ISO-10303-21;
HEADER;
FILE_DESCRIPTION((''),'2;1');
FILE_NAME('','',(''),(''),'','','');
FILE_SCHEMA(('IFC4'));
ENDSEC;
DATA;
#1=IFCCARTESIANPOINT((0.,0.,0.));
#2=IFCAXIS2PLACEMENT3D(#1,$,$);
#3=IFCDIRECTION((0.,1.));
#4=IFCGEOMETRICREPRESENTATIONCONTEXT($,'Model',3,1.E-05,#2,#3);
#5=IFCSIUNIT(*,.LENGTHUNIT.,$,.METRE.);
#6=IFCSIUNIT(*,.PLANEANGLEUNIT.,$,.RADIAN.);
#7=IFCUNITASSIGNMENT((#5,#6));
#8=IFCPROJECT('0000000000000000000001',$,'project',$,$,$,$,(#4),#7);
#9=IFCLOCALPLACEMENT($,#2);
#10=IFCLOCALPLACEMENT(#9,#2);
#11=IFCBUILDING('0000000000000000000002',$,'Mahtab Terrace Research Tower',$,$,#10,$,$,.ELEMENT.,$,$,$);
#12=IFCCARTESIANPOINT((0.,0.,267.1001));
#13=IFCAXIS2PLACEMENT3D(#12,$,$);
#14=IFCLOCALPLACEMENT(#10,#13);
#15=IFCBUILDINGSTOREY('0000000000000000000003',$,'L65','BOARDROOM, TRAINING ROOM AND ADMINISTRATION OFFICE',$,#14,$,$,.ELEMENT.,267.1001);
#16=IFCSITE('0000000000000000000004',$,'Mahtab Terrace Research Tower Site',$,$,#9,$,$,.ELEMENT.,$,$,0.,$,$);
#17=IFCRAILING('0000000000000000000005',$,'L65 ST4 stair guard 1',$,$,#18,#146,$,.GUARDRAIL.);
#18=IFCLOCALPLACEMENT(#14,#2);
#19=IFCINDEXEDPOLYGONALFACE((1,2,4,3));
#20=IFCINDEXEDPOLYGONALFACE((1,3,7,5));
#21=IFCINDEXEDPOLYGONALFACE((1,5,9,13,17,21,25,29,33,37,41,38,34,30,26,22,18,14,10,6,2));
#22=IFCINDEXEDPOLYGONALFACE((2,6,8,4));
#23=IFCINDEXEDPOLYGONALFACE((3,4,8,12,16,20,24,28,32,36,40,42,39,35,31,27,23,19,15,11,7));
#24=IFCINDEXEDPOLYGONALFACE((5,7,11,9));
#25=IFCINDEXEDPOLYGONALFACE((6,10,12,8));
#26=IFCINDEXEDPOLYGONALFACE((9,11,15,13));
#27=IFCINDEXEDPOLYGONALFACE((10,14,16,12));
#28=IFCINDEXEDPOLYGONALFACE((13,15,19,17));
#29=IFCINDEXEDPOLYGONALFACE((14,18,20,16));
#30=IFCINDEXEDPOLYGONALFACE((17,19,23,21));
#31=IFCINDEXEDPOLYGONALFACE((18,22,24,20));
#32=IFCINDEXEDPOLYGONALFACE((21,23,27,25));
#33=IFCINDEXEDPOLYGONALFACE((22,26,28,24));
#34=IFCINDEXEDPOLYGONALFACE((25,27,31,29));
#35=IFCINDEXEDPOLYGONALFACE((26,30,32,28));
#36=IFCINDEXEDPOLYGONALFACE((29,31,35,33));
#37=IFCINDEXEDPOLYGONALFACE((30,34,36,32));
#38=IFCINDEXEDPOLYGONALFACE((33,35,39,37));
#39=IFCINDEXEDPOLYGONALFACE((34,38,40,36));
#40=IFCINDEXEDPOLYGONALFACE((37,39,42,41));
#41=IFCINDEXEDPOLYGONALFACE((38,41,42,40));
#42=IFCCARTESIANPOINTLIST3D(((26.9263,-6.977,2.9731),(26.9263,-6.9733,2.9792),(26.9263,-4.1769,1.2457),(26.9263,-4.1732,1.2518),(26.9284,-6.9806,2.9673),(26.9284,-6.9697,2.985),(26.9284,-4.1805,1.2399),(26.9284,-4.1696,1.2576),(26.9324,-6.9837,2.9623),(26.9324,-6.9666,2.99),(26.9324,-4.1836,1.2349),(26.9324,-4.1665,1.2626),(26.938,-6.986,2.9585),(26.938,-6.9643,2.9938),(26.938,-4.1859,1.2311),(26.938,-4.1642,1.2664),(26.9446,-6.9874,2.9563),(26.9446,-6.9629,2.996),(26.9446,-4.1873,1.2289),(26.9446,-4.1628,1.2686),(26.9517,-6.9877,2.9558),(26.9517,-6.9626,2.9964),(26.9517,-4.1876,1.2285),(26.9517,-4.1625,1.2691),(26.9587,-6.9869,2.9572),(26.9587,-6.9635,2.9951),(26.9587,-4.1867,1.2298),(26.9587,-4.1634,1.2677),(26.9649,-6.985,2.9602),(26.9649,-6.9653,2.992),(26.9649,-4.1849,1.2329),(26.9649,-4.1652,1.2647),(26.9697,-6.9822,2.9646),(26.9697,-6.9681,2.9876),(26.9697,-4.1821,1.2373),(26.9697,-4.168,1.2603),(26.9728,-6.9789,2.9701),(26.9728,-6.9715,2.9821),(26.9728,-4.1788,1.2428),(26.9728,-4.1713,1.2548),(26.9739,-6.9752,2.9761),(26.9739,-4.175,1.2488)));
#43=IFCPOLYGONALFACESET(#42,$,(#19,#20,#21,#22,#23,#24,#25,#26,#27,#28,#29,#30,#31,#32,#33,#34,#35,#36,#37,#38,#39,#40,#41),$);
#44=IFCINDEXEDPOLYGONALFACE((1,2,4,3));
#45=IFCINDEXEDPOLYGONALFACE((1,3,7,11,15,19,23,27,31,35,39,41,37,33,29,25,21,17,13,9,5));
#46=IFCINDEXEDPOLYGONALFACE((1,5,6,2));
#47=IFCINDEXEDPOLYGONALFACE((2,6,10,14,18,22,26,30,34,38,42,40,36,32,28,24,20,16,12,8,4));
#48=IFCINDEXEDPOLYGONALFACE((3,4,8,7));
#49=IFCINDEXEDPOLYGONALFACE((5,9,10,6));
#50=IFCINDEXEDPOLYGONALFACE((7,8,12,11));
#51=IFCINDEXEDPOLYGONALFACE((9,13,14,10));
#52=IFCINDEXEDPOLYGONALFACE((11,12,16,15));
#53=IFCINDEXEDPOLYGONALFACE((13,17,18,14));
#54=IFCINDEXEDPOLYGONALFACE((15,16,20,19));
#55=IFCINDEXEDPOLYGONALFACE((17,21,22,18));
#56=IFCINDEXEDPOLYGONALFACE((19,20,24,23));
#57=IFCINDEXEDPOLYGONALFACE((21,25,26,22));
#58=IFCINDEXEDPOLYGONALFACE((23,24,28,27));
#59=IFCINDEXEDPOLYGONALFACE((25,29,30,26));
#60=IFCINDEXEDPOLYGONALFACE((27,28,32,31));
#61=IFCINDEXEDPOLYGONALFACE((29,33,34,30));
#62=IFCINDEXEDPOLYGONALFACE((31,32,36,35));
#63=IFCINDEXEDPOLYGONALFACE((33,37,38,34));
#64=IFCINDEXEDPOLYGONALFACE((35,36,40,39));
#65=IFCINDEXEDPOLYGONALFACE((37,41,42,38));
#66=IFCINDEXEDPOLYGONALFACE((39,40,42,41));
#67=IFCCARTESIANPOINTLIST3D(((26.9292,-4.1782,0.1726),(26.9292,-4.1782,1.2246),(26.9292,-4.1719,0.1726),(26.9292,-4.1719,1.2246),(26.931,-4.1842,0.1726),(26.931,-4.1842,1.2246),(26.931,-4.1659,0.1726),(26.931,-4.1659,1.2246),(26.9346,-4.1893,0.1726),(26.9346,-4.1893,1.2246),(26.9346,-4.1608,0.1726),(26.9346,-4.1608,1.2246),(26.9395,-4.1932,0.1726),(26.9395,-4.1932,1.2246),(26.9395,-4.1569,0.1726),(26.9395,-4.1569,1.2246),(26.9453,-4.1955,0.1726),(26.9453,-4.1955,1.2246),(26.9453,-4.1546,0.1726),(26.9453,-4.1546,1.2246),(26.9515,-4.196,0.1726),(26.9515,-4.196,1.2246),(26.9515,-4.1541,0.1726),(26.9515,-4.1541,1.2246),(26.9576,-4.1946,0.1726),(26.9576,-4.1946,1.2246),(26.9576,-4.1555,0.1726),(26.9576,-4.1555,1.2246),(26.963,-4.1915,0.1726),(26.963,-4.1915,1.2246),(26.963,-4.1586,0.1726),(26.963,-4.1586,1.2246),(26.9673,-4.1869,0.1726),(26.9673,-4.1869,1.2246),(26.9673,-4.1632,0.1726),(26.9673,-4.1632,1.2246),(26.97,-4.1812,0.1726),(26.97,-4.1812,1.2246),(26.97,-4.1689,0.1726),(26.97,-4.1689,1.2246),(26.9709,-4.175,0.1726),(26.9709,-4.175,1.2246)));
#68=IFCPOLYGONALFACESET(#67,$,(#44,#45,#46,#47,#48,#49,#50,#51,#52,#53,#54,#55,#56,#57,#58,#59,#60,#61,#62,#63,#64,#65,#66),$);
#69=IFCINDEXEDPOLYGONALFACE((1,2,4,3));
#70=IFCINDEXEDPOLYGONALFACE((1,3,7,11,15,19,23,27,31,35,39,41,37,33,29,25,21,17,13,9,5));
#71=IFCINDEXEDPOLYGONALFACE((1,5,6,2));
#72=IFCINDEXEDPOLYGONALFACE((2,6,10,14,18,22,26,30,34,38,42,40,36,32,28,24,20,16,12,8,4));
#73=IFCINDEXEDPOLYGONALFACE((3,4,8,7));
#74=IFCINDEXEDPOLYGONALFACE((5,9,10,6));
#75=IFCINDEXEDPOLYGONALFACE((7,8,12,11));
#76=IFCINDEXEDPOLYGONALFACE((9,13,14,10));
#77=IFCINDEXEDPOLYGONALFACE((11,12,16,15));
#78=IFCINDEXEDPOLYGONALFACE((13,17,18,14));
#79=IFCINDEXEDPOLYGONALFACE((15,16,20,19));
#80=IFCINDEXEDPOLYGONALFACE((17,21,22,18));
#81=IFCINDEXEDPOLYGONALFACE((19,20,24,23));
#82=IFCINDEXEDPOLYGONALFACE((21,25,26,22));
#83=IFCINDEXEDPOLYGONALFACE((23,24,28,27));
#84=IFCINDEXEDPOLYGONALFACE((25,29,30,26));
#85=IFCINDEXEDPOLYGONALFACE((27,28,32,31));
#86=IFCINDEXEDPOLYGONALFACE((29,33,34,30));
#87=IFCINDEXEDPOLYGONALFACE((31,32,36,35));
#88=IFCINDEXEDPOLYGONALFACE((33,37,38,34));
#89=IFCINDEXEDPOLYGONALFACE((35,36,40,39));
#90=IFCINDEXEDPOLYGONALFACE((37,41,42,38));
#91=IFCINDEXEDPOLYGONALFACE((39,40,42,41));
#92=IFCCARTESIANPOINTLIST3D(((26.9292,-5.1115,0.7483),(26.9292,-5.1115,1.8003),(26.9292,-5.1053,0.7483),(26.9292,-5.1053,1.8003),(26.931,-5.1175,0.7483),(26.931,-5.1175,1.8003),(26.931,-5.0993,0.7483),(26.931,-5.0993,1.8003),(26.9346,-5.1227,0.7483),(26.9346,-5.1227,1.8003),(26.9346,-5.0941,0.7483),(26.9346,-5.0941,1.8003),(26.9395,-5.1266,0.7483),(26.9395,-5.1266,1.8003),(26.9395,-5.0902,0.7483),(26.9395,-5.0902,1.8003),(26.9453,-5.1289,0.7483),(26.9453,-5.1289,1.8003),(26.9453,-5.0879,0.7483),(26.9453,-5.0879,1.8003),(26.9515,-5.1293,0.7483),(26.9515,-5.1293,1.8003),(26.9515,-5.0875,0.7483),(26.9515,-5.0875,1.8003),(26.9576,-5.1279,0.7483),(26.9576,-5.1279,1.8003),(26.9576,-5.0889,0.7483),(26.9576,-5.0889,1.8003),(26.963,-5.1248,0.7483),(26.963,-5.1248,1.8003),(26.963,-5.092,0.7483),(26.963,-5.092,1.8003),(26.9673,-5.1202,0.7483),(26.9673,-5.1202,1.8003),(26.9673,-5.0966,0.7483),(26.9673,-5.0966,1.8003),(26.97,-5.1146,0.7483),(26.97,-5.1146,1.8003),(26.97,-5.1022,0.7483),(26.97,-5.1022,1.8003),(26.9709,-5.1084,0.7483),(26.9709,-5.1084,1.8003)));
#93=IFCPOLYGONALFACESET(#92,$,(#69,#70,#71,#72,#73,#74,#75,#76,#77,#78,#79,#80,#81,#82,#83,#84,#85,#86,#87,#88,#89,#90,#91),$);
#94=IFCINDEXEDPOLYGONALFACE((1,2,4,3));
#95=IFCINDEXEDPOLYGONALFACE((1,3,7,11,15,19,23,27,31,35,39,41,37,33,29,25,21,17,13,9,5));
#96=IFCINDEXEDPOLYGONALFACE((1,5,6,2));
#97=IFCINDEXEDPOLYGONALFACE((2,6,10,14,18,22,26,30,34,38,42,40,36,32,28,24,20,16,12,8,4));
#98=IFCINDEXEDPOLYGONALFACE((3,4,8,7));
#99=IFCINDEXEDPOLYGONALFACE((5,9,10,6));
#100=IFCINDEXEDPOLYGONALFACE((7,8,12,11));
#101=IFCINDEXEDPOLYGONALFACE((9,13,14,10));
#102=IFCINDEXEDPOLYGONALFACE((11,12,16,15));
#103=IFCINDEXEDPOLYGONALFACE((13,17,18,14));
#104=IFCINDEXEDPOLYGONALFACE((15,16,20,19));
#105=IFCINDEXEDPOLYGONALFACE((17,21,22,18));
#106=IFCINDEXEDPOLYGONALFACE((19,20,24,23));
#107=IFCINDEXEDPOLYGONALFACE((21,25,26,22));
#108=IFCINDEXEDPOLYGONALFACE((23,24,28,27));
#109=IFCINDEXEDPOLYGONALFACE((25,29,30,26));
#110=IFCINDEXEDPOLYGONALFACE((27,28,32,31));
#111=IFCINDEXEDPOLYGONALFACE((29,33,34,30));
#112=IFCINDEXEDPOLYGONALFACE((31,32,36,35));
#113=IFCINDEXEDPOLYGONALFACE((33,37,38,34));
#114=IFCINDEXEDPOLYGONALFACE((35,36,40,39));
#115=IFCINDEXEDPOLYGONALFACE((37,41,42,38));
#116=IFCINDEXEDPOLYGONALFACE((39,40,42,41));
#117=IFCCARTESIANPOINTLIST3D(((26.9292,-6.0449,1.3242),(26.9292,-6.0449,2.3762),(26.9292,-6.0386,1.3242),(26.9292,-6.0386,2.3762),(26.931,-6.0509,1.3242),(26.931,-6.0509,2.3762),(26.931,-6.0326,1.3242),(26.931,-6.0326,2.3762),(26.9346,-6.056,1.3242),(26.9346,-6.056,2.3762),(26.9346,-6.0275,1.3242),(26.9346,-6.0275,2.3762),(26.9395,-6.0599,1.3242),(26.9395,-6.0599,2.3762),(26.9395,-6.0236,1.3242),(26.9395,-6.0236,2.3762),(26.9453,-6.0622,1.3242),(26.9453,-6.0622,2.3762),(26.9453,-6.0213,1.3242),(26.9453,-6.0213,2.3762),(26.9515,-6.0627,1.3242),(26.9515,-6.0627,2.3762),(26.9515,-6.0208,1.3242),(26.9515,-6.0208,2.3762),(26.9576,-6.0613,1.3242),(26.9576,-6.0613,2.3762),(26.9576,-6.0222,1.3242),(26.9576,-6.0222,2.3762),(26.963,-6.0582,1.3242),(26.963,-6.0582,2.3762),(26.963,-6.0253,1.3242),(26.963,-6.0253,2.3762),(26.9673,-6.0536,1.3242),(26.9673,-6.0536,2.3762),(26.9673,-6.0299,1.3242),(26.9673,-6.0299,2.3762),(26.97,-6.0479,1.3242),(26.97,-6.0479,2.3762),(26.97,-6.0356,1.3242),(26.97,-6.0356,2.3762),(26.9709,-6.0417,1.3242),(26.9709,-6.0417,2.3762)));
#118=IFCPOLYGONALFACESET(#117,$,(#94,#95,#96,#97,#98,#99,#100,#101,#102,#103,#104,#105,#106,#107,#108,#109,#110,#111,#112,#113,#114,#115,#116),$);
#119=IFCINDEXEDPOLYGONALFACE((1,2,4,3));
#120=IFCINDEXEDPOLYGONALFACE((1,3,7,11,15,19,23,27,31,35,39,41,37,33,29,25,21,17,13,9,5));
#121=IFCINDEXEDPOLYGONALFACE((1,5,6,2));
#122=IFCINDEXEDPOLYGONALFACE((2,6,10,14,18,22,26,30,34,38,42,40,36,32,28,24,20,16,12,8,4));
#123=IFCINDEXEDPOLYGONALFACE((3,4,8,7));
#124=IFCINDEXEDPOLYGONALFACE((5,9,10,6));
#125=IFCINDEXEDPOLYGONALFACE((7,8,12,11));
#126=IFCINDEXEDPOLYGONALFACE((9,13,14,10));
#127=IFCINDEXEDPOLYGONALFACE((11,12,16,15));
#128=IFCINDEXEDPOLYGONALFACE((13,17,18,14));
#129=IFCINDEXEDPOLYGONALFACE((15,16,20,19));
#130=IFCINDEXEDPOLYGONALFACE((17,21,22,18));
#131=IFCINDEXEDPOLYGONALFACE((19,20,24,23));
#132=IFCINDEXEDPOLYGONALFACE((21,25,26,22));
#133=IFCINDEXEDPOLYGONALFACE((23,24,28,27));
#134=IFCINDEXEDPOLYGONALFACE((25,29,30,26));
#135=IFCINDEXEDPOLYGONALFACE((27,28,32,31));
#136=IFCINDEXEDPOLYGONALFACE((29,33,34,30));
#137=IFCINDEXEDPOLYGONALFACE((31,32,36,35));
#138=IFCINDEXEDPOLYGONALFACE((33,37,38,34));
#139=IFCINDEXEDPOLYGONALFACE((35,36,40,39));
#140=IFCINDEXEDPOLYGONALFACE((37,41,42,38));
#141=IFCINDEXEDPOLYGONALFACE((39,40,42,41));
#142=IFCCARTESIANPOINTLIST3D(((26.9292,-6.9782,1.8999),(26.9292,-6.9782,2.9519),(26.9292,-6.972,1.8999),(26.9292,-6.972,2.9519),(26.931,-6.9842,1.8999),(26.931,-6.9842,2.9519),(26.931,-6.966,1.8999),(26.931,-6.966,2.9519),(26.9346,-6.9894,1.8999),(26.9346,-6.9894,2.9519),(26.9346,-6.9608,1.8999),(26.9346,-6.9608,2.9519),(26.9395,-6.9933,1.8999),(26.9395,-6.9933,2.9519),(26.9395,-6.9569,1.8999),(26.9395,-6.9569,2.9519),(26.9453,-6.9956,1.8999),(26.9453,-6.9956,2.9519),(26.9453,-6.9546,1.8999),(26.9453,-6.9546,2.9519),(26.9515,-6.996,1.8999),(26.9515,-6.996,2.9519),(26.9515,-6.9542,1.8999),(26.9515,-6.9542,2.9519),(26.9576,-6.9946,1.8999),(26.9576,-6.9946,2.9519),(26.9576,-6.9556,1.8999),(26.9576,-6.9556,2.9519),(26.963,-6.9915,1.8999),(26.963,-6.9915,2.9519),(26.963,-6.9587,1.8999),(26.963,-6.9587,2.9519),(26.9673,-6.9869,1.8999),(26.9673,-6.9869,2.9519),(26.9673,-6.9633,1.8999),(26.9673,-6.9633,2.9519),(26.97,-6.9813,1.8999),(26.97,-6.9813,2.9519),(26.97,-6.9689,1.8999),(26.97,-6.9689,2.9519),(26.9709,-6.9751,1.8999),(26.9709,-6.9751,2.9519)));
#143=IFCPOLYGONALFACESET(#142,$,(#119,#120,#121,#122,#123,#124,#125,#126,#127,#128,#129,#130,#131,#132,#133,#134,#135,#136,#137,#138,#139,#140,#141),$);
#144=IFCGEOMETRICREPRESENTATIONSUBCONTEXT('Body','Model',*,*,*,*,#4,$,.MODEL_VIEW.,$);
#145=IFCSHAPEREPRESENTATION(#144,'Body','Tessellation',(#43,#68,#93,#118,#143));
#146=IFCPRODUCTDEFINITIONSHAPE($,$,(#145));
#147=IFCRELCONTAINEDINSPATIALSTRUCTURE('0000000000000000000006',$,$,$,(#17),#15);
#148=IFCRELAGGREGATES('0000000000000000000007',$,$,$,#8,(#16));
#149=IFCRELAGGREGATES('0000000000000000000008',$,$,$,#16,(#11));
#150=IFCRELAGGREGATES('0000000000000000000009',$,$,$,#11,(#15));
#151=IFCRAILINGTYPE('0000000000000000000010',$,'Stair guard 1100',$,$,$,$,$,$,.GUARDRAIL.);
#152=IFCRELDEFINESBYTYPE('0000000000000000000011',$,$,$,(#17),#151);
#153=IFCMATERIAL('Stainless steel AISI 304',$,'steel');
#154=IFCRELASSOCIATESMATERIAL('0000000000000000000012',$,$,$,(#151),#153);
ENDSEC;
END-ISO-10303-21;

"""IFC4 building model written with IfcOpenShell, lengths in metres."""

from ifc_helpers import new_model, si_unit, direction, frame, origin, origin_2d, place, context, subcontext, project, spatial, circle, extrude, material, type_object, element, save


model = new_model("IFC4")

# Units and contexts
model_context = context("Model", 3, precision=1e-05, world=origin(), true_north=direction((0.0, 1.0)))
body_context = subcontext(model_context, "Body", "Model", "MODEL_VIEW")
ifc_project = project(units=[si_unit("LENGTHUNIT", "METRE"), si_unit("PLANEANGLEUNIT", "RADIAN")], contexts=[model_context])

# Site, building, storey
site_placement = place(None, origin())
site = spatial("IfcSite", under=ifc_project, at=site_placement, Name="Mahtab Terrace Research Tower Site", CompositionType="ELEMENT", RefElevation=0.0)
building_placement = place(site_placement, origin())
building = spatial("IfcBuilding", under=site, at=building_placement, Name="Mahtab Terrace Research Tower", CompositionType="ELEMENT")
storey_placement = place(building_placement, frame((0.0, 0.0, 267.1001)))
storey = spatial("IfcBuildingStorey", under=building, at=storey_placement, Name="L65", Description="BOARDROOM, TRAINING ROOM AND ADMINISTRATION OFFICE", CompositionType="ELEMENT", Elevation=267.1001)

# Railing
ifc_material_1 = material(Name="Stainless steel AISI 304", Category="steel")
railing_type_1 = type_object("IfcRailingType", Name="Stair guard 1100", PredefinedType="GUARDRAIL", material=ifc_material_1)
railing_1_placement = place(storey_placement, frame((26.95, -4.175, 0.1726)))
element("IfcRailing", 1, at=railing_1_placement, inside=storey, type_object=railing_type_1, Name="L65 ST4 stair guard 1", PredefinedType="GUARDRAIL", context=body_context, shape_type="SweptSolid", body=[
    extrude(circle(Radius=0.0239, at=origin_2d()), frame((0.0, 0.0, 1.0762), z_axis=(0.0, -0.85109, 0.52502), x_axis=(1.0, 0.0, 0.0)), (0.0, 0.0, 1.0), 3.29),
    extrude(circle(Radius=0.021, at=origin_2d()), origin(), (0.0, 0.0, 1.0), 1.052),
    extrude(circle(Radius=0.021, at=origin_2d()), frame((0.0, -0.9333, 0.5757)), (0.0, 0.0, 1.0), 1.052),
    extrude(circle(Radius=0.021, at=origin_2d()), frame((0.0, -1.8667, 1.1516)), (0.0, 0.0, 1.0), 1.052),
    extrude(circle(Radius=0.021, at=origin_2d()), frame((0.0, -2.8, 1.7273)), (0.0, 0.0, 1.0), 1.052),
])

save(model, "model.ifc")
